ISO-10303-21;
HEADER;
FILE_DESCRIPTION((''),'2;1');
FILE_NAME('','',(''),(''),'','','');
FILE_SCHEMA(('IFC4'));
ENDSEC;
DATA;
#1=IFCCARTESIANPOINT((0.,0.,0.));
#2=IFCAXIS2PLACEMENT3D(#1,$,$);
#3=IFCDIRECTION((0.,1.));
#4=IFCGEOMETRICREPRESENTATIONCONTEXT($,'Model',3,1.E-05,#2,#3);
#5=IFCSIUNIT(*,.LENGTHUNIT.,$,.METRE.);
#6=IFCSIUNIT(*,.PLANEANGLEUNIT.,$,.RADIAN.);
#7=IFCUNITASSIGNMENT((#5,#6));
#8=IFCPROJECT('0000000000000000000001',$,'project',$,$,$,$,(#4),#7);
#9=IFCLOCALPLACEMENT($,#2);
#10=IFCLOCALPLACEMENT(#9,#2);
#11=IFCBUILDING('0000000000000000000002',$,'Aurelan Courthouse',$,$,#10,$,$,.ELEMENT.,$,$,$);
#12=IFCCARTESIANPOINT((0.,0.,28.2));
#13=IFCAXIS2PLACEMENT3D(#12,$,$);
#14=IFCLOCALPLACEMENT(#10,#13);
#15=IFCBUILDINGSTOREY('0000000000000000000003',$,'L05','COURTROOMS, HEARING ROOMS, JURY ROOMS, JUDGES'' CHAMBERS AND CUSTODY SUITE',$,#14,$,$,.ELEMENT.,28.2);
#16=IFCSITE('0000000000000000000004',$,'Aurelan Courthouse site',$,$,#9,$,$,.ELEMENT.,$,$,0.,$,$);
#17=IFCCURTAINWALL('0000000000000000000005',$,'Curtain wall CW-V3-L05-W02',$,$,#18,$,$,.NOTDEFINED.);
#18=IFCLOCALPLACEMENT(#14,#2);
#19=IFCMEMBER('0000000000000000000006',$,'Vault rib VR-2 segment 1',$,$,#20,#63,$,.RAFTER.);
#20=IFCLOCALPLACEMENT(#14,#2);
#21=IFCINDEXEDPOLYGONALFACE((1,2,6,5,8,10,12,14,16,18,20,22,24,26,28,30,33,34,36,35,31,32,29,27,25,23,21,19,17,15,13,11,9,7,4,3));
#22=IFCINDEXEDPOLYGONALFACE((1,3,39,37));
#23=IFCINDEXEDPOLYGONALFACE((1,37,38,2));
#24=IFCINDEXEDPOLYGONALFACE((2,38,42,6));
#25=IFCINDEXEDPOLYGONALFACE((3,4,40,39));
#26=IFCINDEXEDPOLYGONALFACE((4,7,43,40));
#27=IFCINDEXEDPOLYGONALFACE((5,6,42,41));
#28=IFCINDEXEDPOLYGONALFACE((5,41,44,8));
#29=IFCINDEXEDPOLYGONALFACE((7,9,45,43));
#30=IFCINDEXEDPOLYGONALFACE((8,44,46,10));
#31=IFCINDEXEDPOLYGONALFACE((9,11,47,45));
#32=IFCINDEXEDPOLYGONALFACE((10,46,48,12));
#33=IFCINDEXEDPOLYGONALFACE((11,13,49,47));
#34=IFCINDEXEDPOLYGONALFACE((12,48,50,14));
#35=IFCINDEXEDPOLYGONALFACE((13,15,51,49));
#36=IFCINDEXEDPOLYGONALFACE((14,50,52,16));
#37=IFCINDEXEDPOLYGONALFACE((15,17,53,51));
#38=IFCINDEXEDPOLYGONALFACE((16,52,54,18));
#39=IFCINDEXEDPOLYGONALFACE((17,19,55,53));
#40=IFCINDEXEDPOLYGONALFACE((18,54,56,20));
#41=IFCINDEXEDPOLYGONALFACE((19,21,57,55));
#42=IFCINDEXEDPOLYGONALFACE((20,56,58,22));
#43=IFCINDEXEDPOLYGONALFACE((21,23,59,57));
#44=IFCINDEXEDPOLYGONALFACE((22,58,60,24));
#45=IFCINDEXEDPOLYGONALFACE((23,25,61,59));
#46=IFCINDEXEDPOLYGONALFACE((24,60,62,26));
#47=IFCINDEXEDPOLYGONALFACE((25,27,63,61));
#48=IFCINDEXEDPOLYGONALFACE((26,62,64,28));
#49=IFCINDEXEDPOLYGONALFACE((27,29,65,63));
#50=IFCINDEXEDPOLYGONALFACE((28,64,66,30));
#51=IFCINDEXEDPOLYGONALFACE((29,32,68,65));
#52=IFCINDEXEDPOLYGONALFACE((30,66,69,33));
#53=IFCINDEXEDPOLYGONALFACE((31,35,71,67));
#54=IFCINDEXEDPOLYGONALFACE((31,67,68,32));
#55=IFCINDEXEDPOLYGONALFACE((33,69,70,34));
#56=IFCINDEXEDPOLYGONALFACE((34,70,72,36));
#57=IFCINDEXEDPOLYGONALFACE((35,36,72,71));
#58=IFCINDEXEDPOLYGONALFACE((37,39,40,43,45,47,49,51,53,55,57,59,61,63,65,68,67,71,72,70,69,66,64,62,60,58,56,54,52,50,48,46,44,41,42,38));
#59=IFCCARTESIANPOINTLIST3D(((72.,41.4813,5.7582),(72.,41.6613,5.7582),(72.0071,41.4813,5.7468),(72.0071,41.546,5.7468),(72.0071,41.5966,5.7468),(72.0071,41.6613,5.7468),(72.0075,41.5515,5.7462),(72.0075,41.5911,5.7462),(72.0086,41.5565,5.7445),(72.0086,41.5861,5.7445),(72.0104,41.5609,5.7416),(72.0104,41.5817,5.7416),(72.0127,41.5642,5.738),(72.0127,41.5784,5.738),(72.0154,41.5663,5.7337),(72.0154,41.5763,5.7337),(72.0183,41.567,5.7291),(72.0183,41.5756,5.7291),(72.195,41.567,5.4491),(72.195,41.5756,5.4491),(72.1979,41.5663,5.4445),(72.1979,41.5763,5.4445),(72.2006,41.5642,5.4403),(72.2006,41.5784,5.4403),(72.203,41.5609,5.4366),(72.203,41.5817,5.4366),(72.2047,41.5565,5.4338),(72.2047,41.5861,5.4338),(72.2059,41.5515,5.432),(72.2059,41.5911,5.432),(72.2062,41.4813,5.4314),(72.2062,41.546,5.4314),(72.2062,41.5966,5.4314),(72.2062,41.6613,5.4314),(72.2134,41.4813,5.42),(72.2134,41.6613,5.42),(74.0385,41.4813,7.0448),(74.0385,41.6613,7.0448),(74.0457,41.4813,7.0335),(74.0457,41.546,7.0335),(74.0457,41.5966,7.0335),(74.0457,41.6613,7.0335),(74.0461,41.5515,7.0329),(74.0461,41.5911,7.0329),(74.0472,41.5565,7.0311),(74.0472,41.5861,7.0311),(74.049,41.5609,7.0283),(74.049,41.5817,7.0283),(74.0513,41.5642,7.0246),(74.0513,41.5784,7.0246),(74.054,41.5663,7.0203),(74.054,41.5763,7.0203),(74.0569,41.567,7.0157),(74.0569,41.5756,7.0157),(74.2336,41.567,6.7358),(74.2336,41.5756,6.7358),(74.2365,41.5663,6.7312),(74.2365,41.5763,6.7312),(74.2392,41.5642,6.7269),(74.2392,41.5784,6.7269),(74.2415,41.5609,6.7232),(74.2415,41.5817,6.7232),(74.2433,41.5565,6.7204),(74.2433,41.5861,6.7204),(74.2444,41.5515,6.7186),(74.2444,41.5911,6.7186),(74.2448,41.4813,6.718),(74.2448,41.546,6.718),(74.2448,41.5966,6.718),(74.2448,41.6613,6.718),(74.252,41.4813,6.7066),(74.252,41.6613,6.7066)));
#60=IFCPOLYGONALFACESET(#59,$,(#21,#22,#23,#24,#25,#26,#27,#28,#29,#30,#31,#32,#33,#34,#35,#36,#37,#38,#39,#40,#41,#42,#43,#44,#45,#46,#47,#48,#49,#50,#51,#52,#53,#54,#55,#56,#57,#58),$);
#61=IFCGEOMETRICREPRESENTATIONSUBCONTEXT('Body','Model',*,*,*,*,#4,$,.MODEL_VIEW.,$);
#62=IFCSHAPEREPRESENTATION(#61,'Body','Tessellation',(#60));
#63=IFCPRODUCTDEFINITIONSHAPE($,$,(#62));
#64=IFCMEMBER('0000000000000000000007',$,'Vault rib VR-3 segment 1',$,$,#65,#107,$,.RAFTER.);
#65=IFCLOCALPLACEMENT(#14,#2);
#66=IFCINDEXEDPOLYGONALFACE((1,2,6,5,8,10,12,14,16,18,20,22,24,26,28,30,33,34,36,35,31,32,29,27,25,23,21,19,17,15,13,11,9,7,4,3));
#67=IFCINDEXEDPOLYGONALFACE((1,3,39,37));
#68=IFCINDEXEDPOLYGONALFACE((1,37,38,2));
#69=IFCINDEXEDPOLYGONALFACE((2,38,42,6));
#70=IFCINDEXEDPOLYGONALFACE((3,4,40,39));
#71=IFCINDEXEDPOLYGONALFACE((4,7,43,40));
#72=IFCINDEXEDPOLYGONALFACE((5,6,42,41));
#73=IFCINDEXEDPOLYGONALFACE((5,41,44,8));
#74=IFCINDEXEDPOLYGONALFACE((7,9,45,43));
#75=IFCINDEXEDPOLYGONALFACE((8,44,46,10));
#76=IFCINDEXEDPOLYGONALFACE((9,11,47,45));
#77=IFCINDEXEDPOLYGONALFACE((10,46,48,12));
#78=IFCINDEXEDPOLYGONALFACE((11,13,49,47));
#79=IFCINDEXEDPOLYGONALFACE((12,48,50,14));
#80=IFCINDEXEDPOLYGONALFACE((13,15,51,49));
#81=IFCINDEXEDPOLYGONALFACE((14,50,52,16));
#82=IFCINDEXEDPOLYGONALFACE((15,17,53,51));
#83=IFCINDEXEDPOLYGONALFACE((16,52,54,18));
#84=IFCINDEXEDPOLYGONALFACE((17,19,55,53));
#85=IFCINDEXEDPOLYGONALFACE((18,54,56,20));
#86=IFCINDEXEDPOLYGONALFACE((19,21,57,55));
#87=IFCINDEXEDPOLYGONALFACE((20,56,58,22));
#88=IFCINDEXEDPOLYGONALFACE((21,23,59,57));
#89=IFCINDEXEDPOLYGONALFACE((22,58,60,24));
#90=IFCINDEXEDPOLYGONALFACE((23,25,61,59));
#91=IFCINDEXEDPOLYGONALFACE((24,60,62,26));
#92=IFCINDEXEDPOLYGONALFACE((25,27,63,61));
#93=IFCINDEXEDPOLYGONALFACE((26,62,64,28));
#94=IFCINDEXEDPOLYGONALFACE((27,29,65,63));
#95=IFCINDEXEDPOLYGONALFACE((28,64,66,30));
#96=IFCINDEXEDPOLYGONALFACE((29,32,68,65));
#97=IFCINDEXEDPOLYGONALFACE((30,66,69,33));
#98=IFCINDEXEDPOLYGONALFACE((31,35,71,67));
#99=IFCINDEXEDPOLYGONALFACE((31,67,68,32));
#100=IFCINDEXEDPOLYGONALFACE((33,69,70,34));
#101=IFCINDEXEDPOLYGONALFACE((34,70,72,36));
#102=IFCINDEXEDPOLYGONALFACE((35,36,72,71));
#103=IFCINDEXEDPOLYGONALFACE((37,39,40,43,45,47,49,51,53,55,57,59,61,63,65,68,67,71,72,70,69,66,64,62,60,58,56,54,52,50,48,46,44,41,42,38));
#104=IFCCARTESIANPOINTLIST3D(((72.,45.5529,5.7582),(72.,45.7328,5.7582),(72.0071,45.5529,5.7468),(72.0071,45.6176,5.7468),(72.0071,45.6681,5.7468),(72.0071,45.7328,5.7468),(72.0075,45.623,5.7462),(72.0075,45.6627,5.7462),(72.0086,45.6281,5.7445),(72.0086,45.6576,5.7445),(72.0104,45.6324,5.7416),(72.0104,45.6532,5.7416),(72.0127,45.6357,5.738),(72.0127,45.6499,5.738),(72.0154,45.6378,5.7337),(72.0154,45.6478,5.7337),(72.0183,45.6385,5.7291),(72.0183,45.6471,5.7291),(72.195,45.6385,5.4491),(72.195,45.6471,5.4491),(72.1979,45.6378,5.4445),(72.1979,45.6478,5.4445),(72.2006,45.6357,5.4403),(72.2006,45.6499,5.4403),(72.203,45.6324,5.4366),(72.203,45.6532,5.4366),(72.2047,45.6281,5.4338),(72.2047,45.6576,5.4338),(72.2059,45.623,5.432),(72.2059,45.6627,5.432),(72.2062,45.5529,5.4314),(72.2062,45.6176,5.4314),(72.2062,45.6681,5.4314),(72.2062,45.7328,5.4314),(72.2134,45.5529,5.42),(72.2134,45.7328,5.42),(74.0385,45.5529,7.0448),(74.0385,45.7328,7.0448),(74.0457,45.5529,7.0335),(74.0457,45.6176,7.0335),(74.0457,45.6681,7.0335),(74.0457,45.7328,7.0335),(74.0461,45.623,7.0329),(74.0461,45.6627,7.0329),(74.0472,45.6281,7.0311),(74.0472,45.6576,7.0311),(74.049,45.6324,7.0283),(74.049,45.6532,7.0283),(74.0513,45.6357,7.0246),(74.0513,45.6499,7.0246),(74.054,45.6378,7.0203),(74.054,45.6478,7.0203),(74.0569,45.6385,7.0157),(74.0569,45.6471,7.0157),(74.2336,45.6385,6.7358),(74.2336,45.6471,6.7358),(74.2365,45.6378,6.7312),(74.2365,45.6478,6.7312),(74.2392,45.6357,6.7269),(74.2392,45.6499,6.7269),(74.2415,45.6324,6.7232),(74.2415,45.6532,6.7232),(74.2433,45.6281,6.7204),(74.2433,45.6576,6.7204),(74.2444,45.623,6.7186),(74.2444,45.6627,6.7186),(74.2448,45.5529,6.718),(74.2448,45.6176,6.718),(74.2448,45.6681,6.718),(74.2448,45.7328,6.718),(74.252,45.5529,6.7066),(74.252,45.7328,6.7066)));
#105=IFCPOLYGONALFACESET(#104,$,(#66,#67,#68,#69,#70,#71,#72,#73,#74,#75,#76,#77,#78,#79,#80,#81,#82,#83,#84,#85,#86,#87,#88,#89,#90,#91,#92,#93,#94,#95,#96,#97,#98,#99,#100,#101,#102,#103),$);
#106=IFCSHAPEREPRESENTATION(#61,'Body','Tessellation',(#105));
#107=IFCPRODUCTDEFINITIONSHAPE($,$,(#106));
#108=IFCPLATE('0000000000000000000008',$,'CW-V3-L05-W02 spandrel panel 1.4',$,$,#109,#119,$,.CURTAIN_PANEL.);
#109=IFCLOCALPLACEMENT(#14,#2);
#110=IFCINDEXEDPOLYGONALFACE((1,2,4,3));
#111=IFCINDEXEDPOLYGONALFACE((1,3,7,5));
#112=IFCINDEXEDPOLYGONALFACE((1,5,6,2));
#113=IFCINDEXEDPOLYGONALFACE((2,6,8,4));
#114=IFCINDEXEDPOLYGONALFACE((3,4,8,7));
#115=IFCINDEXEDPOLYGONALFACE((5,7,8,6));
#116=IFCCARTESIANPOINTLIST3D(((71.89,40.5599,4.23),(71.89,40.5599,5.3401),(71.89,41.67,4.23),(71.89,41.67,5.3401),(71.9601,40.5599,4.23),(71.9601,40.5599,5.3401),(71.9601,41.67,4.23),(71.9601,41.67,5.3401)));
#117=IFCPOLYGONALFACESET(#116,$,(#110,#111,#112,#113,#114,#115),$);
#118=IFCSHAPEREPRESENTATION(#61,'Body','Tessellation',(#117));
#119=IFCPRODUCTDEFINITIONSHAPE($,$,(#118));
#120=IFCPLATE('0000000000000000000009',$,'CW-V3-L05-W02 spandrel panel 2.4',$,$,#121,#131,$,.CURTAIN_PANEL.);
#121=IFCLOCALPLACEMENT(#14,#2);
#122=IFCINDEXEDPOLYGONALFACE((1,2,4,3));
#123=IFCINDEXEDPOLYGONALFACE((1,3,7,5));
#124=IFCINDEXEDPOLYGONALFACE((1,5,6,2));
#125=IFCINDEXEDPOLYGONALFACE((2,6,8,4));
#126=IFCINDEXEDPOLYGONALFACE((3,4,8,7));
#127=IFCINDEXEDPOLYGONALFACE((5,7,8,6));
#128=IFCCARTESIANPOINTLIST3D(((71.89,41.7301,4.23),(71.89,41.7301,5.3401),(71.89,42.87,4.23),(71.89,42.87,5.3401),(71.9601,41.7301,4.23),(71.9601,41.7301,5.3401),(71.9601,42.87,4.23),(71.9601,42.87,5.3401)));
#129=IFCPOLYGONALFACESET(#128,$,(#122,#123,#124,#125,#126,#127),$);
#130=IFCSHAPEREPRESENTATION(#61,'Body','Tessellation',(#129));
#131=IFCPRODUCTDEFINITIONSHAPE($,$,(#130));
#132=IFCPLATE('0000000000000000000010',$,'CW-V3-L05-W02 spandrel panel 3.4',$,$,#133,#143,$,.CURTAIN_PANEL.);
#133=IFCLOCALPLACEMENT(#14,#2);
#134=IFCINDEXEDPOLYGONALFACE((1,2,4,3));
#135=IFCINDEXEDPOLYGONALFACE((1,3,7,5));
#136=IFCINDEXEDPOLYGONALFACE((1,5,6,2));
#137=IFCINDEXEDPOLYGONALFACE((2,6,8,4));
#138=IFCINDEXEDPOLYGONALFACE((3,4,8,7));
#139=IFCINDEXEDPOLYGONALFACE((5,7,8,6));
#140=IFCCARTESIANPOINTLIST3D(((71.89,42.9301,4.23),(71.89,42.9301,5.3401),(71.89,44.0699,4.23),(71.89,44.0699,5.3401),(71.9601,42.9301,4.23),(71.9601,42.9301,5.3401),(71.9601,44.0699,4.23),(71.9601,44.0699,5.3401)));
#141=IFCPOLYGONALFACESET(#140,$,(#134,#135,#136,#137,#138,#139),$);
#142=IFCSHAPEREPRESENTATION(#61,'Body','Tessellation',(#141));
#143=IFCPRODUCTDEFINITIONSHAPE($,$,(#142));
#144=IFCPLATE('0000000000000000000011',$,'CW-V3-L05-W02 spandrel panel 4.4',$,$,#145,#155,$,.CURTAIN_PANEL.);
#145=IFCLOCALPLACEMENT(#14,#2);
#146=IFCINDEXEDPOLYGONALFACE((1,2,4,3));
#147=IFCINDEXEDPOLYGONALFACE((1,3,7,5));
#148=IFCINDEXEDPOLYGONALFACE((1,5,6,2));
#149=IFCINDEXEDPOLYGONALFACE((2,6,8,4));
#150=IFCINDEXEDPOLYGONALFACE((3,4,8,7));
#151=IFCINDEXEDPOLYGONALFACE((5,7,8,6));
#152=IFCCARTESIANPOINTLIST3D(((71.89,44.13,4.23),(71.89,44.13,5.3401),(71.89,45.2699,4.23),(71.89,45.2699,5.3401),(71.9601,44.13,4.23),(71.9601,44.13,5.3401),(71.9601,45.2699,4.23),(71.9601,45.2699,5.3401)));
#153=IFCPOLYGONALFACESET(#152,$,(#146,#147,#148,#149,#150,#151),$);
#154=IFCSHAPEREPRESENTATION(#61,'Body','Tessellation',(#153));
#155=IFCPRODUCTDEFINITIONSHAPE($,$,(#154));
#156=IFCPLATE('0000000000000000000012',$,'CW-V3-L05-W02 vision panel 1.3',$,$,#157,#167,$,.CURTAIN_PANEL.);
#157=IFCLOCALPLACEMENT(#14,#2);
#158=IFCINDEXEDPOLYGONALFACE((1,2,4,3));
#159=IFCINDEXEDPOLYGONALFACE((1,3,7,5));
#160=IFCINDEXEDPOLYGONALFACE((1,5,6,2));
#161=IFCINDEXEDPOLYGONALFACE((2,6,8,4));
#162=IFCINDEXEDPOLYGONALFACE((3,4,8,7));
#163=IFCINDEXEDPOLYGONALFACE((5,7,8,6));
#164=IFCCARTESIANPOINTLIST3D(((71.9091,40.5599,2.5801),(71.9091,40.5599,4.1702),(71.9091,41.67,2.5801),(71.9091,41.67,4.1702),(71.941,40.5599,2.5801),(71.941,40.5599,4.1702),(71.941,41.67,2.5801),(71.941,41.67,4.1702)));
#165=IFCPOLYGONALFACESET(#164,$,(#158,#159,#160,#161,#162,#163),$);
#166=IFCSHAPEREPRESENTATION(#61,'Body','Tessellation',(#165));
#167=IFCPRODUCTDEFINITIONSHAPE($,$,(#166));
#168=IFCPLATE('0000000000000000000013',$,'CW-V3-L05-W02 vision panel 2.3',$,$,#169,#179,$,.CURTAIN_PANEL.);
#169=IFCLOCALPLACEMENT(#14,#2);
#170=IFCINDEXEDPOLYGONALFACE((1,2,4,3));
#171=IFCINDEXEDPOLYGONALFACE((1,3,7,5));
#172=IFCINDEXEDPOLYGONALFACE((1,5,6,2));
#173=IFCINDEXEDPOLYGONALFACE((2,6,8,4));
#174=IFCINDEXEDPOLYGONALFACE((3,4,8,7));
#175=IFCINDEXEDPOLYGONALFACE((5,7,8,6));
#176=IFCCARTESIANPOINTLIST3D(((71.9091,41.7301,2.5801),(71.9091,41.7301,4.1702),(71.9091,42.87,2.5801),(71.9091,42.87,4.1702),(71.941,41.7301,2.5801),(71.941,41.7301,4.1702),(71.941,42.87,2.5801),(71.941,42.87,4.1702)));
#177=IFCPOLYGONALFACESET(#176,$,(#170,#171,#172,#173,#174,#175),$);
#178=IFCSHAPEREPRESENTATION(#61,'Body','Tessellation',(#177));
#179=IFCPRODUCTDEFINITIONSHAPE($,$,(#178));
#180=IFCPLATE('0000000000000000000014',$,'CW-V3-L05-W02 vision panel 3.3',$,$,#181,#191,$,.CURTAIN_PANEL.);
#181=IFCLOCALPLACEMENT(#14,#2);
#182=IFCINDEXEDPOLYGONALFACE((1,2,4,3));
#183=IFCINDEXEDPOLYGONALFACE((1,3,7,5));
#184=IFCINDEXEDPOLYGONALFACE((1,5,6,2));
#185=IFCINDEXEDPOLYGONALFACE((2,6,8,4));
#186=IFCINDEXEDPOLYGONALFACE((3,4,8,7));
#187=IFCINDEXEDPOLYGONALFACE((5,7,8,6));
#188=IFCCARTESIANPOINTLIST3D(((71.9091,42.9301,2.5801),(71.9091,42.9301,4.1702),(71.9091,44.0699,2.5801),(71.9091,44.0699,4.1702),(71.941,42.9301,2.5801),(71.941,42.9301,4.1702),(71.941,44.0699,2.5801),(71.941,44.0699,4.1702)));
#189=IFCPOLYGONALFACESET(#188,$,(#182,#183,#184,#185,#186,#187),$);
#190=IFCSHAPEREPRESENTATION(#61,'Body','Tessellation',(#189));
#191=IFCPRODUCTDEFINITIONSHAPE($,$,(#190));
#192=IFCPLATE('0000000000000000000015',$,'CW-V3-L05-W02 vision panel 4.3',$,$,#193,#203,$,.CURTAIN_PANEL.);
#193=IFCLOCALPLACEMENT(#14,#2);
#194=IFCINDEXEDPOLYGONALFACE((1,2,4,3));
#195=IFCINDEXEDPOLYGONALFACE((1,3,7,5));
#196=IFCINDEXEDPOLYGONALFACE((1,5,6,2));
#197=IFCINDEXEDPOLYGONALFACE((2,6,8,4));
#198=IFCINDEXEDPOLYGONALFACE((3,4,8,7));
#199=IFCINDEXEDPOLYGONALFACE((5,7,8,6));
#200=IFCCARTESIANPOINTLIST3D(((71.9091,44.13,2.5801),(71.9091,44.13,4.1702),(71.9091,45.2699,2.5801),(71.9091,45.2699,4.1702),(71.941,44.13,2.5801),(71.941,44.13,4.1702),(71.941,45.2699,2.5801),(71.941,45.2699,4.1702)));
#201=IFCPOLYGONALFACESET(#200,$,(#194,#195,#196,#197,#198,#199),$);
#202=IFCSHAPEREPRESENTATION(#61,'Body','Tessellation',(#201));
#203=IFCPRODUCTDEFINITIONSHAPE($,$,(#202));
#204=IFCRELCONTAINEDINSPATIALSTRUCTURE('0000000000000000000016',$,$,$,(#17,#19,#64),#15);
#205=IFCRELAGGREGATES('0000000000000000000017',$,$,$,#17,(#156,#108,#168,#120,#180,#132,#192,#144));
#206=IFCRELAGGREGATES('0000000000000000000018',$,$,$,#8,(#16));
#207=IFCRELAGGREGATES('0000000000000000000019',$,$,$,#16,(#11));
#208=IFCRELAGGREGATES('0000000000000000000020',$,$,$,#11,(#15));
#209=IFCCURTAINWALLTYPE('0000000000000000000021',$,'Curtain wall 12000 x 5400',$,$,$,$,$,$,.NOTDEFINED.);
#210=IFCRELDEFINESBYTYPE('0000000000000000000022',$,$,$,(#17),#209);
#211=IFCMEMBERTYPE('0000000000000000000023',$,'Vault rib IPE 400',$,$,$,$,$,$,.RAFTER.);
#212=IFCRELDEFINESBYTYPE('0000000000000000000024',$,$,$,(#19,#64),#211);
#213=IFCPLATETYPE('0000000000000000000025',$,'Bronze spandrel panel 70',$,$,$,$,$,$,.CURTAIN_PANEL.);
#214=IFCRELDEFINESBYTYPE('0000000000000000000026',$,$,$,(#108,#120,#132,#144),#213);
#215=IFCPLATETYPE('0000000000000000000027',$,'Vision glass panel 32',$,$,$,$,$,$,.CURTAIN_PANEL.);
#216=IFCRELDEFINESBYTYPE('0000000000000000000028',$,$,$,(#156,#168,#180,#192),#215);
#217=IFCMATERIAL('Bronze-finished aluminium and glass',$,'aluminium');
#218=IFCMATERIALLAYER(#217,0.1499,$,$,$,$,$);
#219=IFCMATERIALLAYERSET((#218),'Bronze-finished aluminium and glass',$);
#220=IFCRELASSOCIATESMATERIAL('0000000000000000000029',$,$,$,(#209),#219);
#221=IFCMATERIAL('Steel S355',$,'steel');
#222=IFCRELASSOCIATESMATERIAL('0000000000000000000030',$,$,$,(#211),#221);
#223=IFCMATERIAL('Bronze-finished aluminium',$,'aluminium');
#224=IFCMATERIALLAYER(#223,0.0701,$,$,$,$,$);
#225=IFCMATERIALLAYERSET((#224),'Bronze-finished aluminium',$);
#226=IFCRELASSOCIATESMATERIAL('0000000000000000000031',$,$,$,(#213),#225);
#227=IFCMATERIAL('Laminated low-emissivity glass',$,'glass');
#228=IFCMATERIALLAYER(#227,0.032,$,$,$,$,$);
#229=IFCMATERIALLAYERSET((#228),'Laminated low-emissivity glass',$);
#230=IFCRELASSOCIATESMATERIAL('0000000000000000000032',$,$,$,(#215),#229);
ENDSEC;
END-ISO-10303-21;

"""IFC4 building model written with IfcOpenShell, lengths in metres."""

from ifc_helpers import new_model, si_unit, direction, frame, origin, origin_2d, place, context, subcontext, project, spatial, rectangle, i_section, extrude, material, layer, layer_set, material_profile, profile_set, type_object, element, aggregate, save


model = new_model("IFC4")

# Units and contexts
model_context = context("Model", 3, precision=1e-05, world=origin(), true_north=direction((0.0, 1.0)))
body_context = subcontext(model_context, "Body", "Model", "MODEL_VIEW")
ifc_project = project(units=[si_unit("LENGTHUNIT", "METRE"), si_unit("PLANEANGLEUNIT", "RADIAN")], contexts=[model_context])

# Site, building, storey
site_placement = place(None, origin())
site = spatial("IfcSite", under=ifc_project, at=site_placement, Name="Aurelan Courthouse site", CompositionType="ELEMENT", RefElevation=0.0)
building_placement = place(site_placement, origin())
building = spatial("IfcBuilding", under=site, at=building_placement, Name="Aurelan Courthouse", CompositionType="ELEMENT")
storey_placement = place(building_placement, frame((0.0, 0.0, 28.2)))
storey = spatial("IfcBuildingStorey", under=building, at=storey_placement, Name="L05", Description="COURTROOMS, HEARING ROOMS, JURY ROOMS, JUDGES' CHAMBERS AND CUSTODY SUITE", CompositionType="ELEMENT", Elevation=28.2)

# Curtain wall
ifc_material_1 = material(Name="Bronze-finished aluminium and glass", Category="aluminium")
ifc_layer_1 = layer(ifc_material_1, 0.1499)
ifc_layer_set_1 = layer_set([ifc_layer_1], Name="Bronze-finished aluminium and glass")
curtain_wall_type = type_object("IfcCurtainWallType", Name="Curtain wall 12000 x 5400", PredefinedType="NOTDEFINED", material=ifc_layer_set_1)
curtain_wall_placement = place(storey_placement, origin())
curtain_wall = element("IfcCurtainWall", 1, at=curtain_wall_placement, inside=storey, type_object=curtain_wall_type, Name="Curtain wall CW-V3-L05-W02", PredefinedType="NOTDEFINED")
ifc_material_2 = material(Name="Bronze-finished aluminium", Category="aluminium")

# Members
ifc_material_3 = material(Name="Steel S355", Category="steel")
ifc_material_profile_1 = material_profile(ifc_material_3, i_section(OverallWidth=0.1799, OverallDepth=0.3999, WebThickness=0.0085, FlangeThickness=0.0134, FilletRadius=0.021, at=origin_2d()), Name="IPE 400")
ifc_profile_set_1 = profile_set([ifc_material_profile_1], Name="Steel S355")
member_type_1 = type_object("IfcMemberType", Name="Vault rib IPE 400", PredefinedType="RAFTER", material=ifc_profile_set_1)
for number, where, z_axis, x_axis, name in (
    (2, (72.1067, 41.5713, 5.5891), (0.845657, 0.0, 0.533726), (0.0, 1.0, 0.0), "Vault rib VR-2 segment 1"),
    (3, (72.1067, 45.6428, 5.5891), (0.845657, 0.0, 0.533726), (0.0, 1.0, 0.0), "Vault rib VR-3 segment 1"),
):
    element("IfcMember", number, at=place(storey_placement, frame(where, z_axis=z_axis, x_axis=x_axis)), inside=storey, type_object=member_type_1, Name=name, PredefinedType="RAFTER", context=body_context, shape_type="SweptSolid", body=[
        extrude(i_section(OverallWidth=0.1799, OverallDepth=0.3999, WebThickness=0.0085, FlangeThickness=0.0134, FilletRadius=0.021, at=origin_2d()), origin(), (0.0, 0.0, 1.0), 2.4106),
    ])

# Plates
ifc_layer_2 = layer(ifc_material_2, 0.0701)
ifc_layer_set_2 = layer_set([ifc_layer_2], Name="Bronze-finished aluminium")
plate_type_1 = type_object("IfcPlateType", Name="Bronze spandrel panel 70", PredefinedType="CURTAIN_PANEL", material=ifc_layer_set_2)
plate_1_placement = place(storey_placement, frame((71.925, 41.115, 4.23), z_axis=(0.0, 0.0, 1.0), x_axis=(0.0, 1.0, 0.0)))
plate_1 = element("IfcPlate", 4, at=plate_1_placement, type_object=plate_type_1, Name="CW-V3-L05-W02 spandrel panel 1.4", PredefinedType="CURTAIN_PANEL", context=body_context, shape_type="SweptSolid", body=[
    extrude(rectangle(XDim=1.1101, YDim=0.0701, at=origin_2d()), origin(), (0.0, 0.0, 1.0), 1.1101),
])
plate_2_placement = place(storey_placement, frame((71.925, 42.3, 4.23), z_axis=(0.0, 0.0, 1.0), x_axis=(0.0, 1.0, 0.0)))
plate_2 = element("IfcPlate", 5, at=plate_2_placement, type_object=plate_type_1, Name="CW-V3-L05-W02 spandrel panel 2.4", PredefinedType="CURTAIN_PANEL", context=body_context, shape_type="SweptSolid", body=[
    extrude(rectangle(XDim=1.1399, YDim=0.0701, at=origin_2d()), origin(), (0.0, 0.0, 1.0), 1.1101),
])
plate_3_placement = place(storey_placement, frame((71.925, 43.5, 4.23), z_axis=(0.0, 0.0, 1.0), x_axis=(0.0, 1.0, 0.0)))
plate_3 = element("IfcPlate", 6, at=plate_3_placement, type_object=plate_type_1, Name="CW-V3-L05-W02 spandrel panel 3.4", PredefinedType="CURTAIN_PANEL", context=body_context, shape_type="SweptSolid", body=[
    extrude(rectangle(XDim=1.1399, YDim=0.0701, at=origin_2d()), origin(), (0.0, 0.0, 1.0), 1.1101),
])
plate_4_placement = place(storey_placement, frame((71.925, 44.7, 4.23), z_axis=(0.0, 0.0, 1.0), x_axis=(0.0, 1.0, 0.0)))
plate_4 = element("IfcPlate", 7, at=plate_4_placement, type_object=plate_type_1, Name="CW-V3-L05-W02 spandrel panel 4.4", PredefinedType="CURTAIN_PANEL", context=body_context, shape_type="SweptSolid", body=[
    extrude(rectangle(XDim=1.1399, YDim=0.0701, at=origin_2d()), origin(), (0.0, 0.0, 1.0), 1.1101),
])
ifc_material_4 = material(Name="Laminated low-emissivity glass", Category="glass")
ifc_layer_3 = layer(ifc_material_4, 0.032)
ifc_layer_set_3 = layer_set([ifc_layer_3], Name="Laminated low-emissivity glass")
plate_type_2 = type_object("IfcPlateType", Name="Vision glass panel 32", PredefinedType="CURTAIN_PANEL", material=ifc_layer_set_3)
plate_5_placement = place(storey_placement, frame((71.925, 41.115, 2.5801), z_axis=(0.0, 0.0, 1.0), x_axis=(0.0, 1.0, 0.0)))
plate_5 = element("IfcPlate", 8, at=plate_5_placement, type_object=plate_type_2, Name="CW-V3-L05-W02 vision panel 1.3", PredefinedType="CURTAIN_PANEL", context=body_context, shape_type="SweptSolid", body=[
    extrude(rectangle(XDim=1.1101, YDim=0.032, at=origin_2d()), origin(), (0.0, 0.0, 1.0), 1.5901),
])
plate_6_placement = place(storey_placement, frame((71.925, 42.3, 2.5801), z_axis=(0.0, 0.0, 1.0), x_axis=(0.0, 1.0, 0.0)))
plate_6 = element("IfcPlate", 9, at=plate_6_placement, type_object=plate_type_2, Name="CW-V3-L05-W02 vision panel 2.3", PredefinedType="CURTAIN_PANEL", context=body_context, shape_type="SweptSolid", body=[
    extrude(rectangle(XDim=1.1399, YDim=0.032, at=origin_2d()), origin(), (0.0, 0.0, 1.0), 1.5901),
])
plate_7_placement = place(storey_placement, frame((71.925, 43.5, 2.5801), z_axis=(0.0, 0.0, 1.0), x_axis=(0.0, 1.0, 0.0)))
plate_7 = element("IfcPlate", 10, at=plate_7_placement, type_object=plate_type_2, Name="CW-V3-L05-W02 vision panel 3.3", PredefinedType="CURTAIN_PANEL", context=body_context, shape_type="SweptSolid", body=[
    extrude(rectangle(XDim=1.1399, YDim=0.032, at=origin_2d()), origin(), (0.0, 0.0, 1.0), 1.5901),
])
plate_8_placement = place(storey_placement, frame((71.925, 44.7, 2.5801), z_axis=(0.0, 0.0, 1.0), x_axis=(0.0, 1.0, 0.0)))
plate_8 = element("IfcPlate", 11, at=plate_8_placement, type_object=plate_type_2, Name="CW-V3-L05-W02 vision panel 4.3", PredefinedType="CURTAIN_PANEL", context=body_context, shape_type="SweptSolid", body=[
    extrude(rectangle(XDim=1.1399, YDim=0.032, at=origin_2d()), origin(), (0.0, 0.0, 1.0), 1.5901),
])
aggregate(curtain_wall, [plate_5, plate_1, plate_6, plate_2, plate_7, plate_3, plate_8, plate_4])

save(model, "model.ifc")
